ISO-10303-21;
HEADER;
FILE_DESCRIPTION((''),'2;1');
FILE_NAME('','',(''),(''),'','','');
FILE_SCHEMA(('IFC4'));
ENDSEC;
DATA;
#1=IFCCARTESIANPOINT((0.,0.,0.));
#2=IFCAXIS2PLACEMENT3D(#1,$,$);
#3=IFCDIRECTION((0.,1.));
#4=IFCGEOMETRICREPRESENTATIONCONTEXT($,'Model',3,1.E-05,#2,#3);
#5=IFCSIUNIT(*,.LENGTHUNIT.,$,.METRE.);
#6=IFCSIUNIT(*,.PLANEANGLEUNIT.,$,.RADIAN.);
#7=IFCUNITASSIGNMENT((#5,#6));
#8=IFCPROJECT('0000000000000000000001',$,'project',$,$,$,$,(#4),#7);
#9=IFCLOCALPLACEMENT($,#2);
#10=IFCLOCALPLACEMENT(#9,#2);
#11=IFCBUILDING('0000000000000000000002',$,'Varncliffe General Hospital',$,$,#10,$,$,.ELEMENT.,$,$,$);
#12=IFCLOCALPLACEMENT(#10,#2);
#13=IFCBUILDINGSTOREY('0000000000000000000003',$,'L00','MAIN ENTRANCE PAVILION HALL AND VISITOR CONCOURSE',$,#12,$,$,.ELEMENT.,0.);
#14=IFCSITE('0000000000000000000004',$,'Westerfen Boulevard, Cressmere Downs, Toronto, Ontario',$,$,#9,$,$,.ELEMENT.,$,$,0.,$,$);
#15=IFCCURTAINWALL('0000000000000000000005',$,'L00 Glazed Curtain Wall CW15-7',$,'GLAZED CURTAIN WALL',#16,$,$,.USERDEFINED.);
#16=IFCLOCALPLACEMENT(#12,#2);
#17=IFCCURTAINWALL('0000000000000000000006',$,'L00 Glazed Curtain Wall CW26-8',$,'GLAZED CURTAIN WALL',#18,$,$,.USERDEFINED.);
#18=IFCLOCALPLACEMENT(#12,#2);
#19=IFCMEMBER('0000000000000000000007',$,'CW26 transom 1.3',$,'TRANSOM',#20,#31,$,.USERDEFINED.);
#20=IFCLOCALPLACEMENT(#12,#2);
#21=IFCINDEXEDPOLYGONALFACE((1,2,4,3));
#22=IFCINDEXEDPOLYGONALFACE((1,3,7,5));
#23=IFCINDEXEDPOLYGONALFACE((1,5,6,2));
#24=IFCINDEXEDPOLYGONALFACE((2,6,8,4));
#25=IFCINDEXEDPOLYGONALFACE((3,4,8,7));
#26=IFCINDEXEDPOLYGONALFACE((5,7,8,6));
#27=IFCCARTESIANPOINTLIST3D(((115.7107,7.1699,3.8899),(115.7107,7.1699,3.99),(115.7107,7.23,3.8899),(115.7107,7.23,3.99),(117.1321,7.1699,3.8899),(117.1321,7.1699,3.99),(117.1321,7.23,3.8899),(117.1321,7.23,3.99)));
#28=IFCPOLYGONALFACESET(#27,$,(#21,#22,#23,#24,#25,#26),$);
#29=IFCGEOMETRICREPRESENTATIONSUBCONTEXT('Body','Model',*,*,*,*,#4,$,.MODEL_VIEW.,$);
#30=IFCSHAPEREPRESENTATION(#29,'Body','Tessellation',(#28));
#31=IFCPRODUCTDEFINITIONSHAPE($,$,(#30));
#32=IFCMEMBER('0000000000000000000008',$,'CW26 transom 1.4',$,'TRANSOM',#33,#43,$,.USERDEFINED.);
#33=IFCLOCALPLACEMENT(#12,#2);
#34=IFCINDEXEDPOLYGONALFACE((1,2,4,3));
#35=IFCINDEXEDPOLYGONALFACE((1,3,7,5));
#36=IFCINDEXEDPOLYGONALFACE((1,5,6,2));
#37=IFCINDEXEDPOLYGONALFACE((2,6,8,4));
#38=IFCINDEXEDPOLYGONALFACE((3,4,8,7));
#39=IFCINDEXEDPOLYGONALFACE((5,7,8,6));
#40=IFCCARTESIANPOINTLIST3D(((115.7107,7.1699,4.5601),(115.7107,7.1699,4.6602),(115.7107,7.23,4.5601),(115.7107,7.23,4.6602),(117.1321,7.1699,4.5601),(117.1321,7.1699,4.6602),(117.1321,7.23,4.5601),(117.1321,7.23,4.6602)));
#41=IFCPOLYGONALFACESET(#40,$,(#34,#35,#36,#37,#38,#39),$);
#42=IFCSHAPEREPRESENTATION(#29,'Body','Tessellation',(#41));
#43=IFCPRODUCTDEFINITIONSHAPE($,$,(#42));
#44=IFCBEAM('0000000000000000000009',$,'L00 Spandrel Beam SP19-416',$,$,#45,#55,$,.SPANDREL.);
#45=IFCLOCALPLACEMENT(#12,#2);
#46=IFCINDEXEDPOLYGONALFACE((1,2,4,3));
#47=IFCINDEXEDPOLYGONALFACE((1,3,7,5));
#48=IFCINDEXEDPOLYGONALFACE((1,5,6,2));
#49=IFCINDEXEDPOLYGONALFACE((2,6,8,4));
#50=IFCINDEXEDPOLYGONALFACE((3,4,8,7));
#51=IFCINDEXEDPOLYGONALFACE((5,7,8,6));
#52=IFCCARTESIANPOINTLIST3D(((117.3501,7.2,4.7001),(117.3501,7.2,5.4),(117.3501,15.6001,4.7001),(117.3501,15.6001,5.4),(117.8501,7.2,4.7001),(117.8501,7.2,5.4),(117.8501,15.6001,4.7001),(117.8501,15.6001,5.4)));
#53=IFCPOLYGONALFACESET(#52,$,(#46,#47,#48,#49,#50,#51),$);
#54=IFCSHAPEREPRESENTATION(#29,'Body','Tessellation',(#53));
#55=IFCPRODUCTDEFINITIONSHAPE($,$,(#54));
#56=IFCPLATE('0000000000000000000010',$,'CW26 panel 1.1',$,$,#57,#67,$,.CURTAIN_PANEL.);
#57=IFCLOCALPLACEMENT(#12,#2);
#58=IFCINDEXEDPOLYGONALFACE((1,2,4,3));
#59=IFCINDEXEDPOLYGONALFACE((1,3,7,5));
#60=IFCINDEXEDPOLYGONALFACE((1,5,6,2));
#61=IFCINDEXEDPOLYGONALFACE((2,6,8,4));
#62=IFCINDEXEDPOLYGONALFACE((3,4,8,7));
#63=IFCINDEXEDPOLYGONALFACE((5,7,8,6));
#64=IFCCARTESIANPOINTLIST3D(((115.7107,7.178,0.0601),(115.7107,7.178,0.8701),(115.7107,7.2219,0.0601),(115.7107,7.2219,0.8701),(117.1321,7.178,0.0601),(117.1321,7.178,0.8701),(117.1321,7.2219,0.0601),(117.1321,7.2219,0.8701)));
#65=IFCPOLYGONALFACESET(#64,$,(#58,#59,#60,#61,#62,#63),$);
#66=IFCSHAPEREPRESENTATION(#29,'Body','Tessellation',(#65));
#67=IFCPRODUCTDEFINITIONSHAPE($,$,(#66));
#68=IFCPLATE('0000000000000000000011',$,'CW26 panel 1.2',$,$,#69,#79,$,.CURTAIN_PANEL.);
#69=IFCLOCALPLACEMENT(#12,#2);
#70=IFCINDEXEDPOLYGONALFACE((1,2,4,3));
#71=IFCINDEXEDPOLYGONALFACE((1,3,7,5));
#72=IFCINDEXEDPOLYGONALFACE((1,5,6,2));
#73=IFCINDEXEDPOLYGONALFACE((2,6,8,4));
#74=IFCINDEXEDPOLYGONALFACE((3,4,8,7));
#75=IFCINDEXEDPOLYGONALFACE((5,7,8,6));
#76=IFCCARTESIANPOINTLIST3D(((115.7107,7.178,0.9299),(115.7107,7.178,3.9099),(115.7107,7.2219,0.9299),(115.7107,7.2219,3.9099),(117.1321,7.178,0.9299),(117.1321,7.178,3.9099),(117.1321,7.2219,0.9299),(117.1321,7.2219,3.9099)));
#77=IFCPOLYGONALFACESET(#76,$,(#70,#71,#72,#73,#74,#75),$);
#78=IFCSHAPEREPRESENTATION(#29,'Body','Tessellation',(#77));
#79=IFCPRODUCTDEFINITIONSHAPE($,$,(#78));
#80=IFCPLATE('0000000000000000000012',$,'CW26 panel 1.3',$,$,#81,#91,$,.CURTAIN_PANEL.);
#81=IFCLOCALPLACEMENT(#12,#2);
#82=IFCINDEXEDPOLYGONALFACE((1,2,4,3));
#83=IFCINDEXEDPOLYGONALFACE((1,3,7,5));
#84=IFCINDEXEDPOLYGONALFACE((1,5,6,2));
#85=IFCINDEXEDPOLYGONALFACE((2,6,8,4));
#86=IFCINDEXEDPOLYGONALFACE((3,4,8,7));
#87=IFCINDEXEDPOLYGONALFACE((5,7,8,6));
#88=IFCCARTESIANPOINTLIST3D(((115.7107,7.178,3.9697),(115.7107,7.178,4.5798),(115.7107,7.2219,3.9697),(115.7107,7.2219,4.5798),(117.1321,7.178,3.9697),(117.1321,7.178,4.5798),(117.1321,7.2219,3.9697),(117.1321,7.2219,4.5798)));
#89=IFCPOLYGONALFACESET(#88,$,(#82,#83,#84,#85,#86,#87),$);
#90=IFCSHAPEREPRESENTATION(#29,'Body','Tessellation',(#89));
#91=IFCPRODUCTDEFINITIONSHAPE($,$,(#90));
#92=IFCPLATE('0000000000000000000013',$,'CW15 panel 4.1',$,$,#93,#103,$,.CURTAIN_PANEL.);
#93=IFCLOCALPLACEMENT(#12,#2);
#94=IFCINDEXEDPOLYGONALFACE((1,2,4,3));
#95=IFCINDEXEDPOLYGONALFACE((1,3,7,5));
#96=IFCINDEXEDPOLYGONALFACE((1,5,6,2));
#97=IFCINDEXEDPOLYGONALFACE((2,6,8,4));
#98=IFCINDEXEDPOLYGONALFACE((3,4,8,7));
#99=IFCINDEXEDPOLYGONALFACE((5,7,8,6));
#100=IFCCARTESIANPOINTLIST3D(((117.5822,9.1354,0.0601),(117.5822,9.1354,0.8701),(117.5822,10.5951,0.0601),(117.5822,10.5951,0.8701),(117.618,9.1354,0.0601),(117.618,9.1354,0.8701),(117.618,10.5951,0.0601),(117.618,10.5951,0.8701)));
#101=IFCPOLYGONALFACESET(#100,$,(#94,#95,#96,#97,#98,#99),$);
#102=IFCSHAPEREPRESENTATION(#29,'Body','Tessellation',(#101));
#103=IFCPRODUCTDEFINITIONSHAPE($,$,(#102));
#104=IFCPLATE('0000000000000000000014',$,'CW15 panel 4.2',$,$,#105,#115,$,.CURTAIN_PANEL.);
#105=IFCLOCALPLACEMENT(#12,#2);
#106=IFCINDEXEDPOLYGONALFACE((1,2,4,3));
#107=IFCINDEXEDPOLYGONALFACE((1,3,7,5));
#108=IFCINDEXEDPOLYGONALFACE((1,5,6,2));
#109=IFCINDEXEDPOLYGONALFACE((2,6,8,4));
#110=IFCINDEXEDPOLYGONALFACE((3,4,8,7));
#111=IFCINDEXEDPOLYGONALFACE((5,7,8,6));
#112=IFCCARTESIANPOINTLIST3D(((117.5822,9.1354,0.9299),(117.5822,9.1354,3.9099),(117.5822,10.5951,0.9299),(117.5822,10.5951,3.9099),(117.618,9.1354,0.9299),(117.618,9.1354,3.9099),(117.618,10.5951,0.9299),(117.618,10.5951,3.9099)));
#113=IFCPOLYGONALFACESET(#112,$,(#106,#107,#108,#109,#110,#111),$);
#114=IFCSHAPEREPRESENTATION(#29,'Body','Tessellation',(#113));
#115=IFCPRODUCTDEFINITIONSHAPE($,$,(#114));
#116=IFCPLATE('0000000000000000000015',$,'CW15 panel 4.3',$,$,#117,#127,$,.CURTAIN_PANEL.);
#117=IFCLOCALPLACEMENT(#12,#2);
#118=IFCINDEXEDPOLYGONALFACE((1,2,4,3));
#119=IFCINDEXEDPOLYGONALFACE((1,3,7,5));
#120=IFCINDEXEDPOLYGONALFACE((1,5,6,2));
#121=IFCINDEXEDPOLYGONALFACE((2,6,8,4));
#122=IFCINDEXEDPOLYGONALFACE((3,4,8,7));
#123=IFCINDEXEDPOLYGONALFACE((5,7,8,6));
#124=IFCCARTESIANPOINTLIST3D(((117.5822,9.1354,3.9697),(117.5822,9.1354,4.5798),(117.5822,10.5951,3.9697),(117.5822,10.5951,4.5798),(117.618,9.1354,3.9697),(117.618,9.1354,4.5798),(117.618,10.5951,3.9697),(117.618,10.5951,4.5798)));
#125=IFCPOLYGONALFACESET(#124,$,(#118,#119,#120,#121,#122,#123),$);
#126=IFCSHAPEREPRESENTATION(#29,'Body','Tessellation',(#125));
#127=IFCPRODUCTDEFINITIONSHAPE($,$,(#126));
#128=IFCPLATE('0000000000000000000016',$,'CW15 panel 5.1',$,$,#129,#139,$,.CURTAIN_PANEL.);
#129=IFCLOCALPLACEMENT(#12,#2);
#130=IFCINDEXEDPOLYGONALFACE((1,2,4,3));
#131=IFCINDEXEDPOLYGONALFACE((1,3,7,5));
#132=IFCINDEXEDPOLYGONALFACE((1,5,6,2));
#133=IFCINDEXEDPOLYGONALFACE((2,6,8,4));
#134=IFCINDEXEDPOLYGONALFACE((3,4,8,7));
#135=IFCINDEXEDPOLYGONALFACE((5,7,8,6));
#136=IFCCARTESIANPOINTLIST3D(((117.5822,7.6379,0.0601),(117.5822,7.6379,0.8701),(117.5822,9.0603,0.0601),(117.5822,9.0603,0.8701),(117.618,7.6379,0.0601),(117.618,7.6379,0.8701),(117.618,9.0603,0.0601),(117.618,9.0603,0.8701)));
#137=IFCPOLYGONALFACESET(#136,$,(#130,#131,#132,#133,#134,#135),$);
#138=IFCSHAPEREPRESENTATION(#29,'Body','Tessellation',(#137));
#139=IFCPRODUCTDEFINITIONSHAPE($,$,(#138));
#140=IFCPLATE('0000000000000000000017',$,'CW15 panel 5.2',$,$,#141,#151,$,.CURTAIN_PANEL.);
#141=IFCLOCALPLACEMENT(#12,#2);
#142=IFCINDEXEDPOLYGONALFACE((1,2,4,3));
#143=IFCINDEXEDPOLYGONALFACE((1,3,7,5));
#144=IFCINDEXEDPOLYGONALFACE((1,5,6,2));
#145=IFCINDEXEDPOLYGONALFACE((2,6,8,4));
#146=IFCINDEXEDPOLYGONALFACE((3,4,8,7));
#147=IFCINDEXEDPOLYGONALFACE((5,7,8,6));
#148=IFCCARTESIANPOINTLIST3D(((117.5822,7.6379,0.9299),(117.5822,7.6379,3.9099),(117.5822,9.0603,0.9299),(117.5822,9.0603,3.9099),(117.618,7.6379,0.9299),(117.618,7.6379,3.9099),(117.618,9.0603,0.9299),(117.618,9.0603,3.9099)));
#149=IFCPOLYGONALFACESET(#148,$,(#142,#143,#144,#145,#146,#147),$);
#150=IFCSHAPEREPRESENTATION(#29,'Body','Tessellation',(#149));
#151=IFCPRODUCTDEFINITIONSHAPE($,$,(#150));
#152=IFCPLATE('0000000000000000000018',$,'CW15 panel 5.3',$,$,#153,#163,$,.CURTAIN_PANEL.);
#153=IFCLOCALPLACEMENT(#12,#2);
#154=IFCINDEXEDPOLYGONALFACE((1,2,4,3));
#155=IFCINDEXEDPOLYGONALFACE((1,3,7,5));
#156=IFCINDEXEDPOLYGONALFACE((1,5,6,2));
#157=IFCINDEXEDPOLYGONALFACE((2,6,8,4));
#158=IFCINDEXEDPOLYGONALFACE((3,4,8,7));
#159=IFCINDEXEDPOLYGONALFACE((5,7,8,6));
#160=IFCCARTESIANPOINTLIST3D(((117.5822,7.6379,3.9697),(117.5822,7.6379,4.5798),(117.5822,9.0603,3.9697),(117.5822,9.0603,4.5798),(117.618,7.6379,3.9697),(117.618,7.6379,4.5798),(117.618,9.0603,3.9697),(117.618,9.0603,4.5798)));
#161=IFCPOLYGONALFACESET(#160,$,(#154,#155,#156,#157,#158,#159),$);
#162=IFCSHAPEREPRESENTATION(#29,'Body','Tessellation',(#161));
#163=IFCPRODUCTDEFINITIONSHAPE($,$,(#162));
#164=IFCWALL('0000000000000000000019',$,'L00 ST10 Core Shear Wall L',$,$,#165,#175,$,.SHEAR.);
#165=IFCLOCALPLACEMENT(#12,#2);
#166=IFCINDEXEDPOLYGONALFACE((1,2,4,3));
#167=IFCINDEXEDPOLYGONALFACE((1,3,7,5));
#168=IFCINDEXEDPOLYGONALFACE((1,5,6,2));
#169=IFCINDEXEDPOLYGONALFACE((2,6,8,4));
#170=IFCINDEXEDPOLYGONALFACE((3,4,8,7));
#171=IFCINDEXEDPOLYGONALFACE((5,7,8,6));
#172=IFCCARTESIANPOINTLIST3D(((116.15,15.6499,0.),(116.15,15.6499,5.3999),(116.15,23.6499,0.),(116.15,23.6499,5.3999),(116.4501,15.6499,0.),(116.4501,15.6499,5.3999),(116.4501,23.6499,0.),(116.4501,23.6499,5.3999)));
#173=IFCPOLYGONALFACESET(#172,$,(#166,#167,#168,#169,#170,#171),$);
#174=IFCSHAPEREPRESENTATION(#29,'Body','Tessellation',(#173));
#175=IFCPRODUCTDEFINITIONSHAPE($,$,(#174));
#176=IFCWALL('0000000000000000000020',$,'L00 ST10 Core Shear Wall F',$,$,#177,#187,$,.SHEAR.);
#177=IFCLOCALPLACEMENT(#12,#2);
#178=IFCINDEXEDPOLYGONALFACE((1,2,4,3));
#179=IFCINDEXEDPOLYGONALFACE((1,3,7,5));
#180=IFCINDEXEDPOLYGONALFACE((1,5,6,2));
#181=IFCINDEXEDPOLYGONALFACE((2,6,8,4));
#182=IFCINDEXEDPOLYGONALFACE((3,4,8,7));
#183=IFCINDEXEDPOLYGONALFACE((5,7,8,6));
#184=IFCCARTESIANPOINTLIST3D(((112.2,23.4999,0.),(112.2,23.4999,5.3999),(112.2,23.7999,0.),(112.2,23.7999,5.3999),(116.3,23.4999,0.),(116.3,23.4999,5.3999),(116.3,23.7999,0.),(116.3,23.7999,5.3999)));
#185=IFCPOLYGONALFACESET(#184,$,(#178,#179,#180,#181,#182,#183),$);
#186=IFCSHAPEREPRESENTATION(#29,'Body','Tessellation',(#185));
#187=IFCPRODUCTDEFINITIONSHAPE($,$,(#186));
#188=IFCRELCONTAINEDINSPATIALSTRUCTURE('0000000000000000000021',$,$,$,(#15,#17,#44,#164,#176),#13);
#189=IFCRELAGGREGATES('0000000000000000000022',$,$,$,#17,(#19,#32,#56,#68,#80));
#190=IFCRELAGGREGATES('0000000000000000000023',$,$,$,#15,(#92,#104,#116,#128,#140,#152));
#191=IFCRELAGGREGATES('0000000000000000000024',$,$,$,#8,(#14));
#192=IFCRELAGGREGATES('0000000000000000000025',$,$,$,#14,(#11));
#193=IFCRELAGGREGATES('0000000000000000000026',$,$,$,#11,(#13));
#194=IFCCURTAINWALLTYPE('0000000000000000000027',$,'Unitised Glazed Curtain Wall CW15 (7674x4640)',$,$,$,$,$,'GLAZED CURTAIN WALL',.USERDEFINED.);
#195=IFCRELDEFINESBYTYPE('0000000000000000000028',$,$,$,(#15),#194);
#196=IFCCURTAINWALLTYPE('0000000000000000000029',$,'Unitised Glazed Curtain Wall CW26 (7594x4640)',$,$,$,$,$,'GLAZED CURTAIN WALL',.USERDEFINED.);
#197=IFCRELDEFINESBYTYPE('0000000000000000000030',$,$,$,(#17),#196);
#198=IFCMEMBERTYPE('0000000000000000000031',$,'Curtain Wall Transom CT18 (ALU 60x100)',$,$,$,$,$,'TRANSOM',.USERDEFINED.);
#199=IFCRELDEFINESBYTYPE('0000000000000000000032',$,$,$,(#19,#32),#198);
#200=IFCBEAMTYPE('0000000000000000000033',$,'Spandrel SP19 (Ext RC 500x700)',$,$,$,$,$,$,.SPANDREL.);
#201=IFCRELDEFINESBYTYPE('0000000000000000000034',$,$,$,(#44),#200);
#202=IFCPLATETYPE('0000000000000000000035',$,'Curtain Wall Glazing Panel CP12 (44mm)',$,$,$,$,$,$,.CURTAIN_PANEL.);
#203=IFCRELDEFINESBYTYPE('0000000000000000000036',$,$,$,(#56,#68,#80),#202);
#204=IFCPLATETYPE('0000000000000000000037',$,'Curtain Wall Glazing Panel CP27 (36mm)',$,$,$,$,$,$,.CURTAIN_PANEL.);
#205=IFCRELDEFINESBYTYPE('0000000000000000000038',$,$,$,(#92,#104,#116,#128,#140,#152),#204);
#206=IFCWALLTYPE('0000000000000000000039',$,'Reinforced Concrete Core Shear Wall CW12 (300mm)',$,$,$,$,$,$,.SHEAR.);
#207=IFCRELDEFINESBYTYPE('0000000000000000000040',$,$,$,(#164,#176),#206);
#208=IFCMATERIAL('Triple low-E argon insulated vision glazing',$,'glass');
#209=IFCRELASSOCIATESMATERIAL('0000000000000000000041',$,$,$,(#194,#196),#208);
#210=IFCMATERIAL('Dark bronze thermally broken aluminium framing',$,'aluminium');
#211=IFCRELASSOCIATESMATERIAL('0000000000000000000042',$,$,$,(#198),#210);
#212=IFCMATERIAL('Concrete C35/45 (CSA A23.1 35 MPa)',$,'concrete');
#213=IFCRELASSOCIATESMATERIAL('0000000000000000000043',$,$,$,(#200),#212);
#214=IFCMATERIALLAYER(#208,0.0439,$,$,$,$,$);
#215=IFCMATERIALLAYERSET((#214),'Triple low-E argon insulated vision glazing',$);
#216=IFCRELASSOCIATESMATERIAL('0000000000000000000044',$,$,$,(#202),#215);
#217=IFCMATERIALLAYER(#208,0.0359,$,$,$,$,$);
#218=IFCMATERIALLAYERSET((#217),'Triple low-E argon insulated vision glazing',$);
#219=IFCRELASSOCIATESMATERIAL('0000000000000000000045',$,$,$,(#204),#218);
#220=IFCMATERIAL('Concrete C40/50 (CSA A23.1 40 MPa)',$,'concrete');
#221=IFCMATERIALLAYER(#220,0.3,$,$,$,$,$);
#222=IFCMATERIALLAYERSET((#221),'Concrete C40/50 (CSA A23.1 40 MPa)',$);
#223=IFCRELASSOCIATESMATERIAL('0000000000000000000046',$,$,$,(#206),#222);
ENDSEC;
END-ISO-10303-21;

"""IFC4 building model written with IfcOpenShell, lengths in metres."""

from ifc_helpers import new_model, si_unit, direction, frame, frame_2d, origin, origin_2d, place, context, subcontext, project, spatial, rectangle, extrude, material, layer, layer_set, material_profile, profile_set, type_object, element, aggregate, save


model = new_model("IFC4")

# Units and contexts
model_context = context("Model", 3, precision=1e-05, world=origin(), true_north=direction((0.0, 1.0)))
body_context = subcontext(model_context, "Body", "Model", "MODEL_VIEW")
ifc_project = project(units=[si_unit("LENGTHUNIT", "METRE"), si_unit("PLANEANGLEUNIT", "RADIAN")], contexts=[model_context])

# Site, building, storey
site_placement = place(None, origin())
site = spatial("IfcSite", under=ifc_project, at=site_placement, Name="Westerfen Boulevard, Cressmere Downs, Toronto, Ontario", CompositionType="ELEMENT", RefElevation=0.0)
building_placement = place(site_placement, origin())
building = spatial("IfcBuilding", under=site, at=building_placement, Name="Varncliffe General Hospital", CompositionType="ELEMENT")
storey_placement = place(building_placement, origin())
storey = spatial("IfcBuildingStorey", under=building, at=storey_placement, Name="L00", Description="MAIN ENTRANCE PAVILION HALL AND VISITOR CONCOURSE", CompositionType="ELEMENT", Elevation=0.0)

# Shared definitions
ifc_material_1 = material(Name="Concrete C40/50 (CSA A23.1 40 MPa)", Category="concrete")

# Curtain wall
ifc_material_2 = material(Name="Triple low-E argon insulated vision glazing", Category="glass")
curtain_wall_type_1 = type_object("IfcCurtainWallType", Name="Unitised Glazed Curtain Wall CW15 (7674x4640)", ElementType="GLAZED CURTAIN WALL", PredefinedType="USERDEFINED", material=ifc_material_2)
curtain_wall_1_placement = place(storey_placement, origin())
curtain_wall_1 = element("IfcCurtainWall", 1, at=curtain_wall_1_placement, inside=storey, type_object=curtain_wall_type_1, Name="L00 Glazed Curtain Wall CW15-7", ObjectType="GLAZED CURTAIN WALL", PredefinedType="USERDEFINED")
ifc_material_3 = material(Name="Dark bronze thermally broken aluminium framing", Category="aluminium")

# Curtain wall
curtain_wall_type_2 = type_object("IfcCurtainWallType", Name="Unitised Glazed Curtain Wall CW26 (7594x4640)", ElementType="GLAZED CURTAIN WALL", PredefinedType="USERDEFINED", material=ifc_material_2)
curtain_wall_2_placement = place(storey_placement, origin())
curtain_wall_2 = element("IfcCurtainWall", 2, at=curtain_wall_2_placement, inside=storey, type_object=curtain_wall_type_2, Name="L00 Glazed Curtain Wall CW26-8", ObjectType="GLAZED CURTAIN WALL", PredefinedType="USERDEFINED")

# Members
ifc_material_profile_1 = material_profile(ifc_material_3, rectangle(XDim=0.0601, YDim=0.1001, at=origin_2d()), Name="ALU 60x100")
ifc_profile_set_1 = profile_set([ifc_material_profile_1], Name="Dark bronze thermally broken aluminium framing")
member_type_1 = type_object("IfcMemberType", Name="Curtain Wall Transom CT18 (ALU 60x100)", ElementType="TRANSOM", PredefinedType="USERDEFINED", material=ifc_profile_set_1)
member_1_placement = place(storey_placement, frame((117.1321, 7.2, 3.9399), z_axis=(-1.0, 0.0, 0.0), x_axis=(0.0, -1.0, 0.0)))
member_1 = element("IfcMember", 3, at=member_1_placement, type_object=member_type_1, Name="CW26 transom 1.3", ObjectType="TRANSOM", PredefinedType="USERDEFINED", context=body_context, shape_type="SweptSolid", body=[
    extrude(rectangle(XDim=0.0601, YDim=0.1001, at=origin_2d()), origin(), (0.0, 0.0, 1.0), 1.4214),
])
member_2_placement = place(storey_placement, frame((117.1321, 7.2, 4.6101), z_axis=(-1.0, 0.0, 0.0), x_axis=(0.0, -1.0, 0.0)))
member_2 = element("IfcMember", 4, at=member_2_placement, type_object=member_type_1, Name="CW26 transom 1.4", ObjectType="TRANSOM", PredefinedType="USERDEFINED", context=body_context, shape_type="SweptSolid", body=[
    extrude(rectangle(XDim=0.0601, YDim=0.1001, at=origin_2d()), origin(), (0.0, 0.0, 1.0), 1.4214),
])

# Beam
ifc_material_4 = material(Name="Concrete C35/45 (CSA A23.1 35 MPa)", Category="concrete")
ifc_material_profile_2 = material_profile(ifc_material_4, rectangle(XDim=0.5, YDim=0.7, at=origin_2d()), Name="RC 500x700")
ifc_profile_set_2 = profile_set([ifc_material_profile_2], Name="Concrete C35/45 (CSA A23.1 35 MPa)")
beam_type = type_object("IfcBeamType", Name="Spandrel SP19 (Ext RC 500x700)", PredefinedType="SPANDREL", material=ifc_profile_set_2)
beam_placement = place(storey_placement, frame((117.6001, 7.2, 5.05), z_axis=(0.0, 1.0, 0.0), x_axis=(-1.0, 0.0, 0.0)))
element("IfcBeam", 5, at=beam_placement, inside=storey, type_object=beam_type, Name="L00 Spandrel Beam SP19-416", PredefinedType="SPANDREL", context=body_context, shape_type="SweptSolid", body=[
    extrude(rectangle(XDim=0.5, YDim=0.7, at=origin_2d()), origin(), (0.0, 0.0, 1.0), 8.4001),
])

# Plates
ifc_layer_1 = layer(ifc_material_2, 0.0439)
ifc_layer_set_1 = layer_set([ifc_layer_1], Name="Triple low-E argon insulated vision glazing")
plate_type_1 = type_object("IfcPlateType", Name="Curtain Wall Glazing Panel CP12 (44mm)", PredefinedType="CURTAIN_PANEL", material=ifc_layer_set_1)
plate_1_placement = place(storey_placement, frame((116.4214, 7.2, 0.0601), z_axis=(0.0, 0.0, 1.0), x_axis=(-1.0, 0.0, 0.0)))
plate_1 = element("IfcPlate", 6, at=plate_1_placement, type_object=plate_type_1, Name="CW26 panel 1.1", PredefinedType="CURTAIN_PANEL", context=body_context, shape_type="SweptSolid", body=[
    extrude(rectangle(XDim=1.4214, YDim=0.0439, at=origin_2d()), origin(), (0.0, 0.0, 1.0), 0.8101),
])
plate_2_placement = place(storey_placement, frame((116.4214, 7.2, 0.9299), z_axis=(0.0, 0.0, 1.0), x_axis=(-1.0, 0.0, 0.0)))
plate_2 = element("IfcPlate", 7, at=plate_2_placement, type_object=plate_type_1, Name="CW26 panel 1.2", PredefinedType="CURTAIN_PANEL", context=body_context, shape_type="SweptSolid", body=[
    extrude(rectangle(XDim=1.4214, YDim=0.0439, at=origin_2d()), origin(), (0.0, 0.0, 1.0), 2.98),
])
plate_3_placement = place(storey_placement, frame((116.4214, 7.2, 3.9697), z_axis=(0.0, 0.0, 1.0), x_axis=(-1.0, 0.0, 0.0)))
plate_3 = element("IfcPlate", 8, at=plate_3_placement, type_object=plate_type_1, Name="CW26 panel 1.3", PredefinedType="CURTAIN_PANEL", context=body_context, shape_type="SweptSolid", body=[
    extrude(rectangle(XDim=1.4214, YDim=0.0439, at=origin_2d()), origin(), (0.0, 0.0, 1.0), 0.6101),
])
aggregate(curtain_wall_2, [member_1, member_2, plate_1, plate_2, plate_3])
ifc_layer_2 = layer(ifc_material_2, 0.0359)
ifc_layer_set_2 = layer_set([ifc_layer_2], Name="Triple low-E argon insulated vision glazing")
plate_type_2 = type_object("IfcPlateType", Name="Curtain Wall Glazing Panel CP27 (36mm)", PredefinedType="CURTAIN_PANEL", material=ifc_layer_set_2)
plate_4_placement = place(storey_placement, frame((117.6001, 9.8652, 0.0601), z_axis=(0.0, 0.0, 1.0), x_axis=(0.0, -1.0, 0.0)))
plate_4 = element("IfcPlate", 9, at=plate_4_placement, type_object=plate_type_2, Name="CW15 panel 4.1", PredefinedType="CURTAIN_PANEL", context=body_context, shape_type="SweptSolid", body=[
    extrude(rectangle(XDim=1.4597, YDim=0.0359, at=origin_2d()), origin(), (0.0, 0.0, 1.0), 0.8101),
])
plate_5_placement = place(storey_placement, frame((117.6001, 9.8652, 0.9299), z_axis=(0.0, 0.0, 1.0), x_axis=(0.0, -1.0, 0.0)))
plate_5 = element("IfcPlate", 10, at=plate_5_placement, type_object=plate_type_2, Name="CW15 panel 4.2", PredefinedType="CURTAIN_PANEL", context=body_context, shape_type="SweptSolid", body=[
    extrude(rectangle(XDim=1.4597, YDim=0.0359, at=origin_2d()), origin(), (0.0, 0.0, 1.0), 2.98),
])
plate_6_placement = place(storey_placement, frame((117.6001, 9.8652, 3.9697), z_axis=(0.0, 0.0, 1.0), x_axis=(0.0, -1.0, 0.0)))
plate_6 = element("IfcPlate", 11, at=plate_6_placement, type_object=plate_type_2, Name="CW15 panel 4.3", PredefinedType="CURTAIN_PANEL", context=body_context, shape_type="SweptSolid", body=[
    extrude(rectangle(XDim=1.4597, YDim=0.0359, at=origin_2d()), origin(), (0.0, 0.0, 1.0), 0.6101),
])
plate_7_placement = place(storey_placement, frame((117.6001, 8.3491, 0.0601), z_axis=(0.0, 0.0, 1.0), x_axis=(0.0, -1.0, 0.0)))
plate_7 = element("IfcPlate", 12, at=plate_7_placement, type_object=plate_type_2, Name="CW15 panel 5.1", PredefinedType="CURTAIN_PANEL", context=body_context, shape_type="SweptSolid", body=[
    extrude(rectangle(XDim=1.4224, YDim=0.0359, at=origin_2d()), origin(), (0.0, 0.0, 1.0), 0.8101),
])
plate_8_placement = place(storey_placement, frame((117.6001, 8.3491, 0.9299), z_axis=(0.0, 0.0, 1.0), x_axis=(0.0, -1.0, 0.0)))
plate_8 = element("IfcPlate", 13, at=plate_8_placement, type_object=plate_type_2, Name="CW15 panel 5.2", PredefinedType="CURTAIN_PANEL", context=body_context, shape_type="SweptSolid", body=[
    extrude(rectangle(XDim=1.4224, YDim=0.0359, at=origin_2d()), origin(), (0.0, 0.0, 1.0), 2.98),
])
plate_9_placement = place(storey_placement, frame((117.6001, 8.3491, 3.9697), z_axis=(0.0, 0.0, 1.0), x_axis=(0.0, -1.0, 0.0)))
plate_9 = element("IfcPlate", 14, at=plate_9_placement, type_object=plate_type_2, Name="CW15 panel 5.3", PredefinedType="CURTAIN_PANEL", context=body_context, shape_type="SweptSolid", body=[
    extrude(rectangle(XDim=1.4224, YDim=0.0359, at=origin_2d()), origin(), (0.0, 0.0, 1.0), 0.6101),
])
aggregate(curtain_wall_1, [plate_4, plate_5, plate_6, plate_7, plate_8, plate_9])

# Walls
ifc_layer_3 = layer(ifc_material_1, 0.3)
ifc_layer_set_3 = layer_set([ifc_layer_3], Name="Concrete C40/50 (CSA A23.1 40 MPa)")
wall_type = type_object("IfcWallType", Name="Reinforced Concrete Core Shear Wall CW12 (300mm)", PredefinedType="SHEAR", material=ifc_layer_set_3)
wall_1_placement = place(storey_placement, frame((116.3, 15.6499, 0.0), z_axis=(0.0, 0.0, 1.0), x_axis=(0.0, 1.0, 0.0)))
element("IfcWall", 15, at=wall_1_placement, inside=storey, type_object=wall_type, Name="L00 ST10 Core Shear Wall L", PredefinedType="SHEAR", context=body_context, shape_type="SweptSolid", body=[
    extrude(rectangle(XDim=8.0, YDim=0.3, at=frame_2d((4.0, 0.0))), origin(), (0.0, 0.0, 1.0), 5.3999),
])
wall_2_placement = place(storey_placement, frame((116.3, 23.6499, 0.0), z_axis=(0.0, 0.0, 1.0), x_axis=(-1.0, 0.0, 0.0)))
element("IfcWall", 16, at=wall_2_placement, inside=storey, type_object=wall_type, Name="L00 ST10 Core Shear Wall F", PredefinedType="SHEAR", context=body_context, shape_type="SweptSolid", body=[
    extrude(rectangle(XDim=4.1001, YDim=0.3, at=frame_2d((2.05, 0.0))), origin(), (0.0, 0.0, 1.0), 5.3999),
])

save(model, "model.ifc")
